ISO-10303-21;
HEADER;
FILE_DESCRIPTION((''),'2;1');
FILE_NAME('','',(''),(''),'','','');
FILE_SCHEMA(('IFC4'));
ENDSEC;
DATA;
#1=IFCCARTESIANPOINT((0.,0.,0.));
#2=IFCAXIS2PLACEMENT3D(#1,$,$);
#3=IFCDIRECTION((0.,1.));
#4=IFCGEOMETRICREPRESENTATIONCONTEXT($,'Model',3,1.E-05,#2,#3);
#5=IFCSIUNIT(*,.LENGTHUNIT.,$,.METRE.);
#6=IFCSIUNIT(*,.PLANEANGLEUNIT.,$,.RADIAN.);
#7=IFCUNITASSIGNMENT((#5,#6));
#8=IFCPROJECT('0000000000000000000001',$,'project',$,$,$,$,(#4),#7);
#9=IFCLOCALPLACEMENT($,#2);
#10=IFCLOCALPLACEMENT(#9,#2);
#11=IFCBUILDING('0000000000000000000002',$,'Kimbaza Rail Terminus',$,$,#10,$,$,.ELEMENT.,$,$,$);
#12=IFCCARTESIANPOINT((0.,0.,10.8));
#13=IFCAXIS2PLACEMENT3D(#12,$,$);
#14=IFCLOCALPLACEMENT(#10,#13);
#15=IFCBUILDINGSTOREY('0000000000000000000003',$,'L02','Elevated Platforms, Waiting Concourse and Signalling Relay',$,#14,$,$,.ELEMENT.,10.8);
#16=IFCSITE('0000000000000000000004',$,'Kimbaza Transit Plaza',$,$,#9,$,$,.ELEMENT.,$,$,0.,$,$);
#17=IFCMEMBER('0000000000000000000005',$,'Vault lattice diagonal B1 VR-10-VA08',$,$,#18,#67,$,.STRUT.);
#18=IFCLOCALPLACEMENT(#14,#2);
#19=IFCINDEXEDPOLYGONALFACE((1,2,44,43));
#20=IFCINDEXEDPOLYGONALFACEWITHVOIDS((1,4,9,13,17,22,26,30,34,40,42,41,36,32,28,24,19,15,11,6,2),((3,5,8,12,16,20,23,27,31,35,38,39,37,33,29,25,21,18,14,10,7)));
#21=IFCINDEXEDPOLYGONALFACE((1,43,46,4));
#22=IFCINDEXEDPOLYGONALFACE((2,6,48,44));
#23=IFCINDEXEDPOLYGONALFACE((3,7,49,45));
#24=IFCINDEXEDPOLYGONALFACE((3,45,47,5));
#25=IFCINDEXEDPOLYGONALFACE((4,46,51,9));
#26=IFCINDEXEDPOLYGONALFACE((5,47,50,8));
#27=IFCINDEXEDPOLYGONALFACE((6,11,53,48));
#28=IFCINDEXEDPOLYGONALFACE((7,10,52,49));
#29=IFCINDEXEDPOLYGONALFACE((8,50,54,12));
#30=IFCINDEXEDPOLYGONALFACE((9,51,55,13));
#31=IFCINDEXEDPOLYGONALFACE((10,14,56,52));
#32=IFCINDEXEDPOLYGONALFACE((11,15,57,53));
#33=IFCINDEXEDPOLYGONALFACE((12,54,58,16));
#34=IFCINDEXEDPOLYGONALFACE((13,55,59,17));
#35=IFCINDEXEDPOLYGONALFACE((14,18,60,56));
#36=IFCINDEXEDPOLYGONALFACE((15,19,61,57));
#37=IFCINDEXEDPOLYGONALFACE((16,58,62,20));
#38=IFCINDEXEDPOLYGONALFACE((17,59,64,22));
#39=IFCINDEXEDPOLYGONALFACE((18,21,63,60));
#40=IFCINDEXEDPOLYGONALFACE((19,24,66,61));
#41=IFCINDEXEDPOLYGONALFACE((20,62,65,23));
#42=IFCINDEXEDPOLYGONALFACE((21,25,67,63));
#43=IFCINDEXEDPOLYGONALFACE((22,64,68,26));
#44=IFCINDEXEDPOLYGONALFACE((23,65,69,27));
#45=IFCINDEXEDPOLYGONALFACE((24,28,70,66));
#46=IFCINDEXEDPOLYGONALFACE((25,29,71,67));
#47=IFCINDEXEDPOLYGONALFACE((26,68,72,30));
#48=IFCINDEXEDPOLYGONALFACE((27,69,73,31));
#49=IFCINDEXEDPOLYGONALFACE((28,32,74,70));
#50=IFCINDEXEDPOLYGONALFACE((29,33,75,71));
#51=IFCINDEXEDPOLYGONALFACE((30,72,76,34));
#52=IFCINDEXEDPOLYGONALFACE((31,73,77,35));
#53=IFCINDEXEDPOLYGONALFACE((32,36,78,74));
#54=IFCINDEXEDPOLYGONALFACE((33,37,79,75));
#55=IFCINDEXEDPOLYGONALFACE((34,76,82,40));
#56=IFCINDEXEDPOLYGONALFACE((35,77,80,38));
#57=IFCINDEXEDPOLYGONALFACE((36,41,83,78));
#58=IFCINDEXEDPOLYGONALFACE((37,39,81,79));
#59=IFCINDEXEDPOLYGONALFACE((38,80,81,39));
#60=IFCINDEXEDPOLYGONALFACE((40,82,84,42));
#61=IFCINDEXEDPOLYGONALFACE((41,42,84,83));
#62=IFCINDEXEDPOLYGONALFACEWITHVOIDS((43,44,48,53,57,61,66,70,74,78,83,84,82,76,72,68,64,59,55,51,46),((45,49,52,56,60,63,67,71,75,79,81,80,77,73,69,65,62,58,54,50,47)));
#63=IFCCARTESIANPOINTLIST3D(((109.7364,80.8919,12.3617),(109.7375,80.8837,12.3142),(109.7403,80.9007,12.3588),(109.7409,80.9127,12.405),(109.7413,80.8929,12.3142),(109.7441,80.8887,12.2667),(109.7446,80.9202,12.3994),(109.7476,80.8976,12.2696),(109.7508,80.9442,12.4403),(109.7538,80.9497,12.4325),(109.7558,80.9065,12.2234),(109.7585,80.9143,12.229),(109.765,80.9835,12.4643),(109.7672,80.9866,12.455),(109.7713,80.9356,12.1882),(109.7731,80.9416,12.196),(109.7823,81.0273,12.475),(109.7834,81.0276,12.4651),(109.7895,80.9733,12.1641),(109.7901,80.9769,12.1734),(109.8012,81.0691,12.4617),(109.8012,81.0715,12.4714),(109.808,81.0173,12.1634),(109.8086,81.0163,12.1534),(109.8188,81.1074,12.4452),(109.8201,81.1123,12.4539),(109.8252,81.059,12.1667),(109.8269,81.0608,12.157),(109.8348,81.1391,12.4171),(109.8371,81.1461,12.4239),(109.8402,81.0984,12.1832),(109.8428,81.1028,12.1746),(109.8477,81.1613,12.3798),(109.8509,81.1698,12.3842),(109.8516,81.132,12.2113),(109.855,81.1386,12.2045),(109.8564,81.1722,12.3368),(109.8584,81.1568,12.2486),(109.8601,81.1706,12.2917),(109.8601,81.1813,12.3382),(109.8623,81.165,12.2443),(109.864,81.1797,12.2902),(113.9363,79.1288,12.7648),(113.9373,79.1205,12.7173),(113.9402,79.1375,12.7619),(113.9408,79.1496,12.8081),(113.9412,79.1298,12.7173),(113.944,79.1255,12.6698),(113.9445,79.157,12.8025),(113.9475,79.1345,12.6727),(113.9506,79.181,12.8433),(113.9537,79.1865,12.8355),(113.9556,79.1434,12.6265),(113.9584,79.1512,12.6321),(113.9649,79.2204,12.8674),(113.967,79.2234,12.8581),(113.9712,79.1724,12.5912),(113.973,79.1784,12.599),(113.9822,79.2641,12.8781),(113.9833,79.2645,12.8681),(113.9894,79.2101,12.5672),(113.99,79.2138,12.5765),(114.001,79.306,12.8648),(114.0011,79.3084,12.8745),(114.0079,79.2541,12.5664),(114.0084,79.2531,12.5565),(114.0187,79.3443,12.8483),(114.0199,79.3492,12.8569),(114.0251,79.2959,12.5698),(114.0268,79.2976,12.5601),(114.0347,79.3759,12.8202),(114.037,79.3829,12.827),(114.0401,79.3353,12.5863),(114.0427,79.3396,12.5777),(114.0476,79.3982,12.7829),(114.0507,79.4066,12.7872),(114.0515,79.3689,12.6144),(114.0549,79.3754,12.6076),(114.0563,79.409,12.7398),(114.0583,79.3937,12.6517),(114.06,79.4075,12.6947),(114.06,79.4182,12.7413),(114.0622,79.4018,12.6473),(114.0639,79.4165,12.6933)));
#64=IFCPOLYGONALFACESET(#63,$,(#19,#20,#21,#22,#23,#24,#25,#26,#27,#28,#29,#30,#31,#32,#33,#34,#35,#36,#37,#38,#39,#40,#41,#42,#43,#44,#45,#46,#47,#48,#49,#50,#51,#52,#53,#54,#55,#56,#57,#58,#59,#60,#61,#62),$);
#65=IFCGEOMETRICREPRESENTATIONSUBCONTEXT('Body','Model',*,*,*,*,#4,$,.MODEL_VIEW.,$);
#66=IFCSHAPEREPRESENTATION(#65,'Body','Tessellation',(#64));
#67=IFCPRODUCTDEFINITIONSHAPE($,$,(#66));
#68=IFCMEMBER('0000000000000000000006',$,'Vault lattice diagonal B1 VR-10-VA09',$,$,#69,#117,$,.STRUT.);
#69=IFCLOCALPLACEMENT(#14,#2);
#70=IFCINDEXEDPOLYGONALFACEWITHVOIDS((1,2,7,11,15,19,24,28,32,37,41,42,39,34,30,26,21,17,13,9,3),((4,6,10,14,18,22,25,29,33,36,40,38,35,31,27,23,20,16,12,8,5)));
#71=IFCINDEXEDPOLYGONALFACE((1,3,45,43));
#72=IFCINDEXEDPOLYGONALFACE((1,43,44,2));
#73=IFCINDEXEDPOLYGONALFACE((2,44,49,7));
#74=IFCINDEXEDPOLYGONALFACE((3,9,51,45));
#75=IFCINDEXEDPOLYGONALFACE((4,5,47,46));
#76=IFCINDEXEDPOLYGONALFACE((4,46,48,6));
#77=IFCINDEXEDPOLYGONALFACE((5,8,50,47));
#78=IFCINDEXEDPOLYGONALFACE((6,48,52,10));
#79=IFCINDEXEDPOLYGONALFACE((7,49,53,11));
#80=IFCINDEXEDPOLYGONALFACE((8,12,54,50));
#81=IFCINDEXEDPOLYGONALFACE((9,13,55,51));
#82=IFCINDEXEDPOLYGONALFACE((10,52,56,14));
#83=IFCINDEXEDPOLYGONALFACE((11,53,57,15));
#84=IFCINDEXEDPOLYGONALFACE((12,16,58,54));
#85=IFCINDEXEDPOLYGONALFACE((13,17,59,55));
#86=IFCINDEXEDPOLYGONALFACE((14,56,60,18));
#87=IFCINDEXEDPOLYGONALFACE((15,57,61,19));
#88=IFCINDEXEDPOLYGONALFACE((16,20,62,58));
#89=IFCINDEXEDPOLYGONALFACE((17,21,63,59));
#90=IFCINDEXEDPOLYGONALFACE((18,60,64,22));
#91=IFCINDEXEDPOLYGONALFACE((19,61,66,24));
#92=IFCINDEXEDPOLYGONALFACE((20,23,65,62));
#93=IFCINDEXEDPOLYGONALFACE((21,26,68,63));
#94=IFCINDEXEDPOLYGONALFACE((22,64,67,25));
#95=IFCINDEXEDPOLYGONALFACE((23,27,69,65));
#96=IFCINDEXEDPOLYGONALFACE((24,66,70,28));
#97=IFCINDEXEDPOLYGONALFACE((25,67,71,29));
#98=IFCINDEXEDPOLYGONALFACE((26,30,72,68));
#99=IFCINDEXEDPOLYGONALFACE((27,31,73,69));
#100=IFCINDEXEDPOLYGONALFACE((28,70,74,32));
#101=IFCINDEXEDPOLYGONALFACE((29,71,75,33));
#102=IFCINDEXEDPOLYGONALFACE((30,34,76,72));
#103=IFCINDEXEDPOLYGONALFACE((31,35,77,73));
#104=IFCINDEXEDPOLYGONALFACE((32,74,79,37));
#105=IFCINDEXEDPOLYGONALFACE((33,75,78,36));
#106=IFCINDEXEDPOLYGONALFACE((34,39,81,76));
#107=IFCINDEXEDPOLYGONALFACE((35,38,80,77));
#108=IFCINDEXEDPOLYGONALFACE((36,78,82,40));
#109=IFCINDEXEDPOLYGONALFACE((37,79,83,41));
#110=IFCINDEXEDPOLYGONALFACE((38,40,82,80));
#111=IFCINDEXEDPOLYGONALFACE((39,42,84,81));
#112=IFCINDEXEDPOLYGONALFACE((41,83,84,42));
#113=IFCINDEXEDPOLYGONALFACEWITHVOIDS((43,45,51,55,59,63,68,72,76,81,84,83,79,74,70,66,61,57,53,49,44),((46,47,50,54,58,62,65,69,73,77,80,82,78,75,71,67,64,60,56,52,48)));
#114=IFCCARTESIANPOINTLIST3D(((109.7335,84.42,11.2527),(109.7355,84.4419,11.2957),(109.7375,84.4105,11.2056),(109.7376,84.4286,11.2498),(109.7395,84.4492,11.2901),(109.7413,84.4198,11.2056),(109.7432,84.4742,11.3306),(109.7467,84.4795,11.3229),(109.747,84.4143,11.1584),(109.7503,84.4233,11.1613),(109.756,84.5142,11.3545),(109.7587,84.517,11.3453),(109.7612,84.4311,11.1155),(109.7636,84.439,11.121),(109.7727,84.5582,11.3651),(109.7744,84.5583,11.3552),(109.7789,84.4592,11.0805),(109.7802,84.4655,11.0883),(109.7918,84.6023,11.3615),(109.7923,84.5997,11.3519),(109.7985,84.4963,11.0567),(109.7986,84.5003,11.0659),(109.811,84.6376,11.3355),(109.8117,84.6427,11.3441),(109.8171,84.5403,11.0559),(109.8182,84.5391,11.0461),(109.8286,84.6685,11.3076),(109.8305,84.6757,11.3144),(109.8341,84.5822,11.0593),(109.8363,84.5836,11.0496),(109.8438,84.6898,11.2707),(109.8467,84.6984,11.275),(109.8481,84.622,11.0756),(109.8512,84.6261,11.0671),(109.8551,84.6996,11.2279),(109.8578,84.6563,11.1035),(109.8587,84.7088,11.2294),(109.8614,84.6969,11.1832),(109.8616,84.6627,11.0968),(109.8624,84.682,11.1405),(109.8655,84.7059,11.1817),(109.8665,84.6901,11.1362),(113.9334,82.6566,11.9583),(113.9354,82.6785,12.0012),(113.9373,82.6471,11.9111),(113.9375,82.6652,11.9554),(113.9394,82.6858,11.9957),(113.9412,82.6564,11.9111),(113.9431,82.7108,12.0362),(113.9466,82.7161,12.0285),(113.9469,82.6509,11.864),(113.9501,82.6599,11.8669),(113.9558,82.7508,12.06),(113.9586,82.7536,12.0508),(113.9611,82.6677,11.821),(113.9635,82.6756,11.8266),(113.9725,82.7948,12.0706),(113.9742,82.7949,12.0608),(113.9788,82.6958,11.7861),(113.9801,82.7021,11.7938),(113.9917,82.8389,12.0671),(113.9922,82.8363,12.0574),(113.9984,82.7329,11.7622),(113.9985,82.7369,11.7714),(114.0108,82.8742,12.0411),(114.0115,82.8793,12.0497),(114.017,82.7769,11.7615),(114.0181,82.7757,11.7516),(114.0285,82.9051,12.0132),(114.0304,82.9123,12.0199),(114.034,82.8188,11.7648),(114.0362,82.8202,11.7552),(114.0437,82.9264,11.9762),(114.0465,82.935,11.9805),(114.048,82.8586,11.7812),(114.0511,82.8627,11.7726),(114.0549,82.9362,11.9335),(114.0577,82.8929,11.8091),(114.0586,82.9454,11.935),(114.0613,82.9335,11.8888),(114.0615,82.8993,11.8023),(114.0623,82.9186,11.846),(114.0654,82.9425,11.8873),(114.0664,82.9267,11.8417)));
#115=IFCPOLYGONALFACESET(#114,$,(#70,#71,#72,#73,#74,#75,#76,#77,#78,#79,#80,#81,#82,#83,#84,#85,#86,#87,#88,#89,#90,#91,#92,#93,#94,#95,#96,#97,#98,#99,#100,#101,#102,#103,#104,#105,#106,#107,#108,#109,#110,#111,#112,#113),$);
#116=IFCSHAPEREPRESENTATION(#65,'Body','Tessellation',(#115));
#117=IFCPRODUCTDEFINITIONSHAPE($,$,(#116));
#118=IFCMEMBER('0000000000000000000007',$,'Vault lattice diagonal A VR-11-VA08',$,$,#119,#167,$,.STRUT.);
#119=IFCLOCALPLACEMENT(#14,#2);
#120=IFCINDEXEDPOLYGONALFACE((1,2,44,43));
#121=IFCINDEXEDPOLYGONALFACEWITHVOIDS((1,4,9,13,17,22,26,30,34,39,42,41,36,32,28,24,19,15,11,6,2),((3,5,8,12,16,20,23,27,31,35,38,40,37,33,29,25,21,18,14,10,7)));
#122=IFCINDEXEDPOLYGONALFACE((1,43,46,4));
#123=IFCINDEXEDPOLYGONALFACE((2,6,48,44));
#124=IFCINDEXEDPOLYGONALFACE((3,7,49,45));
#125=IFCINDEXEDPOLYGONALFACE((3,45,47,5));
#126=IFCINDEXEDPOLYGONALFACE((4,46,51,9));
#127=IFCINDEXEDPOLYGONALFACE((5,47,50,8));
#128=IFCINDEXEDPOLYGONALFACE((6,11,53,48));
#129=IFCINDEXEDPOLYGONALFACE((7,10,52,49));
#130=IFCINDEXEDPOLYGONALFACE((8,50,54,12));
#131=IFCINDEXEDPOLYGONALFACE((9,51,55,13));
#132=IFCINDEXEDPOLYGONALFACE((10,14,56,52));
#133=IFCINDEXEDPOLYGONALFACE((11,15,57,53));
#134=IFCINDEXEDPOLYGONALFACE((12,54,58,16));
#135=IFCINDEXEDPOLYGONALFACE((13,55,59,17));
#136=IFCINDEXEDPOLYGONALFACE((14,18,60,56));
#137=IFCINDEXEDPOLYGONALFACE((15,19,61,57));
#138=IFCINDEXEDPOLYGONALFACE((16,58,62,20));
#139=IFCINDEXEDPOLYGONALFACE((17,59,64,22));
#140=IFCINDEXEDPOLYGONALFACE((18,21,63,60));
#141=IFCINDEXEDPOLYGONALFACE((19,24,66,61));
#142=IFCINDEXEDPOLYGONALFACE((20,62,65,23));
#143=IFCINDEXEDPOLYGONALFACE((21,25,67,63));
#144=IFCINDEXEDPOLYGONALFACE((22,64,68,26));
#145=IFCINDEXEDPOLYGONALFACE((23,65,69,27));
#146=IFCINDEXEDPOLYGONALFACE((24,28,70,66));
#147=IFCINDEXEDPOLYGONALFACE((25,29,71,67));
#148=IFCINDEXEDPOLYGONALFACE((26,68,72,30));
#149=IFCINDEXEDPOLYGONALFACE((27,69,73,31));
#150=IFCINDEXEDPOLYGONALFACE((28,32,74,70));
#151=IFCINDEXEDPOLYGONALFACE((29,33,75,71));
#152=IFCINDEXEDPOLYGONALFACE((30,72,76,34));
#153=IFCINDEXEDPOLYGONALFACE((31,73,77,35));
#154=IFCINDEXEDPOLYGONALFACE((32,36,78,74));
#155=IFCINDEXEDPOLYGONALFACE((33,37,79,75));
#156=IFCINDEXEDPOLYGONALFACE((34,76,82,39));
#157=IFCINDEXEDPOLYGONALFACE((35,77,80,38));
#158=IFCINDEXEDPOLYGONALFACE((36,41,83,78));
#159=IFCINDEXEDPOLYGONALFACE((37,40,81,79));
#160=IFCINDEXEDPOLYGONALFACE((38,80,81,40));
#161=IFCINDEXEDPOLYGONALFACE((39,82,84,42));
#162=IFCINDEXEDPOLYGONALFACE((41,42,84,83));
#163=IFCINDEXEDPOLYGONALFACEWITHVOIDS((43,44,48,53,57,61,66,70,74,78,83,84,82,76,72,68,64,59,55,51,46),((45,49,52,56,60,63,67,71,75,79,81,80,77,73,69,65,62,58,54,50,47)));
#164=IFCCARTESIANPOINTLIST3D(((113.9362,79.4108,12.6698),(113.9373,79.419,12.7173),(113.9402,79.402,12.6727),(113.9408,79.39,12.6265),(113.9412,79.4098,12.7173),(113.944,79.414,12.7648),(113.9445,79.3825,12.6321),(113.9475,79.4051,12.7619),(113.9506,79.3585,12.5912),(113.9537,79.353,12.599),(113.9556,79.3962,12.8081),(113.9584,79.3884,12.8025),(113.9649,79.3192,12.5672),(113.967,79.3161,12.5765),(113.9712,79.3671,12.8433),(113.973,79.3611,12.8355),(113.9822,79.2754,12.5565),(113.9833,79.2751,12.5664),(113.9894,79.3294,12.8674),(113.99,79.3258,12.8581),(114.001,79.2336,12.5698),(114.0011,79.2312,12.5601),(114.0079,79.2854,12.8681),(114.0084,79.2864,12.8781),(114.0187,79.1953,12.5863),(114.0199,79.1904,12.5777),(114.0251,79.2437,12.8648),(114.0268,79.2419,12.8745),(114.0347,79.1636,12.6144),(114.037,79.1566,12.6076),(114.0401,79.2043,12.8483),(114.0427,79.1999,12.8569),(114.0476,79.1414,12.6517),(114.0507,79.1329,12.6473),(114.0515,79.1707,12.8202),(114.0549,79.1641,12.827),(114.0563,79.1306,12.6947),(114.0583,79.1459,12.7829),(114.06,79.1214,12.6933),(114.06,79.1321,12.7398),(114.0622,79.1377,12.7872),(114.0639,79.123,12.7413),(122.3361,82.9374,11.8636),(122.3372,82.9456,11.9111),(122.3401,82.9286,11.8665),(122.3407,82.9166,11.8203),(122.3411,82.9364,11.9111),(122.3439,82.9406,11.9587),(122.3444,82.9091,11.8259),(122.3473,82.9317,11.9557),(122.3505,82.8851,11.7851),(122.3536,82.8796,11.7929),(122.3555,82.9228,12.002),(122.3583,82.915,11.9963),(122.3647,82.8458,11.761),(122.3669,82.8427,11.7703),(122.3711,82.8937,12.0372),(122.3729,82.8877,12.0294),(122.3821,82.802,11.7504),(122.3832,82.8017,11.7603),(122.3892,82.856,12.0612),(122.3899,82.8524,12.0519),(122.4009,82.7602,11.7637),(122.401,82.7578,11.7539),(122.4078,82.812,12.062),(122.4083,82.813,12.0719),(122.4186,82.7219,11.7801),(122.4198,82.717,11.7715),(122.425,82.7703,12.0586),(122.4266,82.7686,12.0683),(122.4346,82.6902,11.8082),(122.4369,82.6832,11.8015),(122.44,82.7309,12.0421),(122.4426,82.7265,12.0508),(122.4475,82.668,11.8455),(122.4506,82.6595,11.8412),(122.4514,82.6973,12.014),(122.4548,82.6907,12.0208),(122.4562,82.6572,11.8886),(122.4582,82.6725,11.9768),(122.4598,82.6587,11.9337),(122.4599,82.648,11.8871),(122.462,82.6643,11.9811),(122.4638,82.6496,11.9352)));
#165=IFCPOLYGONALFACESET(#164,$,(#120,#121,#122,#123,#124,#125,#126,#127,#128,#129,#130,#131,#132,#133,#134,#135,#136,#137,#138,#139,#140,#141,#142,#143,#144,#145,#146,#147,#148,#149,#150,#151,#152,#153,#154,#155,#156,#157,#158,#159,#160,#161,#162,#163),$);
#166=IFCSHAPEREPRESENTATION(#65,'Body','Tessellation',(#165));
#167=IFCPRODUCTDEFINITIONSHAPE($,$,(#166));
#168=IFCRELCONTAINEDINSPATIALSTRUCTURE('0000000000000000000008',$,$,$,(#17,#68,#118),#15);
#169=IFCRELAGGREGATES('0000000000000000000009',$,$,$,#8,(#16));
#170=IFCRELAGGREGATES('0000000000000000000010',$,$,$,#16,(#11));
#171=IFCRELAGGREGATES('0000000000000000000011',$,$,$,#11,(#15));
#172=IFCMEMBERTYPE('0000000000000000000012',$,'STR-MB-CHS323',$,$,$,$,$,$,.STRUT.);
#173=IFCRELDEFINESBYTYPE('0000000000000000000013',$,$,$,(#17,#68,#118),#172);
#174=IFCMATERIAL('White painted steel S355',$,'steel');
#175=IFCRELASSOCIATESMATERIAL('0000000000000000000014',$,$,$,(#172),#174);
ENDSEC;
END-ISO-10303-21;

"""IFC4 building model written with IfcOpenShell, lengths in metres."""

from ifc_helpers import new_model, si_unit, direction, frame, origin, origin_2d, place, context, subcontext, project, spatial, hollow_circle, extrude, material, material_profile, profile_set, type_object, element, save


model = new_model("IFC4")

# Units and contexts
model_context = context("Model", 3, precision=1e-05, world=origin(), true_north=direction((0.0, 1.0)))
body_context = subcontext(model_context, "Body", "Model", "MODEL_VIEW")
ifc_project = project(units=[si_unit("LENGTHUNIT", "METRE"), si_unit("PLANEANGLEUNIT", "RADIAN")], contexts=[model_context])

# Site, building, storey
site_placement = place(None, origin())
site = spatial("IfcSite", under=ifc_project, at=site_placement, Name="Kimbaza Transit Plaza", CompositionType="ELEMENT", RefElevation=0.0)
building_placement = place(site_placement, origin())
building = spatial("IfcBuilding", under=site, at=building_placement, Name="Kimbaza Rail Terminus", CompositionType="ELEMENT")
storey_placement = place(building_placement, frame((0.0, 0.0, 10.8)))
storey = spatial("IfcBuildingStorey", under=building, at=storey_placement, Name="L02", Description="Elevated Platforms, Waiting Concourse and Signalling Relay", CompositionType="ELEMENT", Elevation=10.8)

# Members
ifc_material_1 = material(Name="White painted steel S355", Category="steel")
ifc_material_profile_1 = material_profile(ifc_material_1, hollow_circle(Radius=0.1619, WallThickness=0.01, at=origin_2d()), Name="CHS 323.9x10")
ifc_profile_set_1 = profile_set([ifc_material_profile_1], Name="White painted steel S355")
member_type_1 = type_object("IfcMemberType", Name="STR-MB-CHS323", PredefinedType="STRUT", material=ifc_profile_set_1)
member_1_placement = place(storey_placement, frame((114.0, 79.2698, 12.7173), z_axis=(-0.918456, 0.385577, -0.088146), x_axis=(-0.387084, -0.922044, 0.0)))
element("IfcMember", 1, at=member_1_placement, inside=storey, type_object=member_type_1, Name="Vault lattice diagonal B1 VR-10-VA08", PredefinedType="STRUT", context=body_context, shape_type="SweptSolid", body=[
    extrude(hollow_circle(Radius=0.1619, WallThickness=0.01, at=origin_2d()), origin(), (0.0, 0.0, 1.0), 4.5728),
])
member_2_placement = place(storey_placement, frame((114.0, 82.7964, 11.9111), z_axis=(-0.91116, 0.382567, -0.153069), x_axis=(-0.38713, -0.922025, 0.0)))
element("IfcMember", 2, at=member_2_placement, inside=storey, type_object=member_type_1, Name="Vault lattice diagonal B1 VR-10-VA09", PredefinedType="STRUT", context=body_context, shape_type="SweptSolid", body=[
    extrude(hollow_circle(Radius=0.1619, WallThickness=0.01, at=origin_2d()), origin(), (0.0, 0.0, 1.0), 4.6094),
])
member_3_placement = place(storey_placement, frame((114.0, 79.2698, 12.7173), z_axis=(0.918446, 0.3856, -0.088145), x_axis=(-0.387107, 0.922035, 0.0)))
element("IfcMember", 3, at=member_3_placement, inside=storey, type_object=member_type_1, Name="Vault lattice diagonal A VR-11-VA08", PredefinedType="STRUT", context=body_context, shape_type="SweptSolid", body=[
    extrude(hollow_circle(Radius=0.1619, WallThickness=0.01, at=origin_2d()), origin(), (0.0, 0.0, 1.0), 9.1458),
])

save(model, "model.ifc")
